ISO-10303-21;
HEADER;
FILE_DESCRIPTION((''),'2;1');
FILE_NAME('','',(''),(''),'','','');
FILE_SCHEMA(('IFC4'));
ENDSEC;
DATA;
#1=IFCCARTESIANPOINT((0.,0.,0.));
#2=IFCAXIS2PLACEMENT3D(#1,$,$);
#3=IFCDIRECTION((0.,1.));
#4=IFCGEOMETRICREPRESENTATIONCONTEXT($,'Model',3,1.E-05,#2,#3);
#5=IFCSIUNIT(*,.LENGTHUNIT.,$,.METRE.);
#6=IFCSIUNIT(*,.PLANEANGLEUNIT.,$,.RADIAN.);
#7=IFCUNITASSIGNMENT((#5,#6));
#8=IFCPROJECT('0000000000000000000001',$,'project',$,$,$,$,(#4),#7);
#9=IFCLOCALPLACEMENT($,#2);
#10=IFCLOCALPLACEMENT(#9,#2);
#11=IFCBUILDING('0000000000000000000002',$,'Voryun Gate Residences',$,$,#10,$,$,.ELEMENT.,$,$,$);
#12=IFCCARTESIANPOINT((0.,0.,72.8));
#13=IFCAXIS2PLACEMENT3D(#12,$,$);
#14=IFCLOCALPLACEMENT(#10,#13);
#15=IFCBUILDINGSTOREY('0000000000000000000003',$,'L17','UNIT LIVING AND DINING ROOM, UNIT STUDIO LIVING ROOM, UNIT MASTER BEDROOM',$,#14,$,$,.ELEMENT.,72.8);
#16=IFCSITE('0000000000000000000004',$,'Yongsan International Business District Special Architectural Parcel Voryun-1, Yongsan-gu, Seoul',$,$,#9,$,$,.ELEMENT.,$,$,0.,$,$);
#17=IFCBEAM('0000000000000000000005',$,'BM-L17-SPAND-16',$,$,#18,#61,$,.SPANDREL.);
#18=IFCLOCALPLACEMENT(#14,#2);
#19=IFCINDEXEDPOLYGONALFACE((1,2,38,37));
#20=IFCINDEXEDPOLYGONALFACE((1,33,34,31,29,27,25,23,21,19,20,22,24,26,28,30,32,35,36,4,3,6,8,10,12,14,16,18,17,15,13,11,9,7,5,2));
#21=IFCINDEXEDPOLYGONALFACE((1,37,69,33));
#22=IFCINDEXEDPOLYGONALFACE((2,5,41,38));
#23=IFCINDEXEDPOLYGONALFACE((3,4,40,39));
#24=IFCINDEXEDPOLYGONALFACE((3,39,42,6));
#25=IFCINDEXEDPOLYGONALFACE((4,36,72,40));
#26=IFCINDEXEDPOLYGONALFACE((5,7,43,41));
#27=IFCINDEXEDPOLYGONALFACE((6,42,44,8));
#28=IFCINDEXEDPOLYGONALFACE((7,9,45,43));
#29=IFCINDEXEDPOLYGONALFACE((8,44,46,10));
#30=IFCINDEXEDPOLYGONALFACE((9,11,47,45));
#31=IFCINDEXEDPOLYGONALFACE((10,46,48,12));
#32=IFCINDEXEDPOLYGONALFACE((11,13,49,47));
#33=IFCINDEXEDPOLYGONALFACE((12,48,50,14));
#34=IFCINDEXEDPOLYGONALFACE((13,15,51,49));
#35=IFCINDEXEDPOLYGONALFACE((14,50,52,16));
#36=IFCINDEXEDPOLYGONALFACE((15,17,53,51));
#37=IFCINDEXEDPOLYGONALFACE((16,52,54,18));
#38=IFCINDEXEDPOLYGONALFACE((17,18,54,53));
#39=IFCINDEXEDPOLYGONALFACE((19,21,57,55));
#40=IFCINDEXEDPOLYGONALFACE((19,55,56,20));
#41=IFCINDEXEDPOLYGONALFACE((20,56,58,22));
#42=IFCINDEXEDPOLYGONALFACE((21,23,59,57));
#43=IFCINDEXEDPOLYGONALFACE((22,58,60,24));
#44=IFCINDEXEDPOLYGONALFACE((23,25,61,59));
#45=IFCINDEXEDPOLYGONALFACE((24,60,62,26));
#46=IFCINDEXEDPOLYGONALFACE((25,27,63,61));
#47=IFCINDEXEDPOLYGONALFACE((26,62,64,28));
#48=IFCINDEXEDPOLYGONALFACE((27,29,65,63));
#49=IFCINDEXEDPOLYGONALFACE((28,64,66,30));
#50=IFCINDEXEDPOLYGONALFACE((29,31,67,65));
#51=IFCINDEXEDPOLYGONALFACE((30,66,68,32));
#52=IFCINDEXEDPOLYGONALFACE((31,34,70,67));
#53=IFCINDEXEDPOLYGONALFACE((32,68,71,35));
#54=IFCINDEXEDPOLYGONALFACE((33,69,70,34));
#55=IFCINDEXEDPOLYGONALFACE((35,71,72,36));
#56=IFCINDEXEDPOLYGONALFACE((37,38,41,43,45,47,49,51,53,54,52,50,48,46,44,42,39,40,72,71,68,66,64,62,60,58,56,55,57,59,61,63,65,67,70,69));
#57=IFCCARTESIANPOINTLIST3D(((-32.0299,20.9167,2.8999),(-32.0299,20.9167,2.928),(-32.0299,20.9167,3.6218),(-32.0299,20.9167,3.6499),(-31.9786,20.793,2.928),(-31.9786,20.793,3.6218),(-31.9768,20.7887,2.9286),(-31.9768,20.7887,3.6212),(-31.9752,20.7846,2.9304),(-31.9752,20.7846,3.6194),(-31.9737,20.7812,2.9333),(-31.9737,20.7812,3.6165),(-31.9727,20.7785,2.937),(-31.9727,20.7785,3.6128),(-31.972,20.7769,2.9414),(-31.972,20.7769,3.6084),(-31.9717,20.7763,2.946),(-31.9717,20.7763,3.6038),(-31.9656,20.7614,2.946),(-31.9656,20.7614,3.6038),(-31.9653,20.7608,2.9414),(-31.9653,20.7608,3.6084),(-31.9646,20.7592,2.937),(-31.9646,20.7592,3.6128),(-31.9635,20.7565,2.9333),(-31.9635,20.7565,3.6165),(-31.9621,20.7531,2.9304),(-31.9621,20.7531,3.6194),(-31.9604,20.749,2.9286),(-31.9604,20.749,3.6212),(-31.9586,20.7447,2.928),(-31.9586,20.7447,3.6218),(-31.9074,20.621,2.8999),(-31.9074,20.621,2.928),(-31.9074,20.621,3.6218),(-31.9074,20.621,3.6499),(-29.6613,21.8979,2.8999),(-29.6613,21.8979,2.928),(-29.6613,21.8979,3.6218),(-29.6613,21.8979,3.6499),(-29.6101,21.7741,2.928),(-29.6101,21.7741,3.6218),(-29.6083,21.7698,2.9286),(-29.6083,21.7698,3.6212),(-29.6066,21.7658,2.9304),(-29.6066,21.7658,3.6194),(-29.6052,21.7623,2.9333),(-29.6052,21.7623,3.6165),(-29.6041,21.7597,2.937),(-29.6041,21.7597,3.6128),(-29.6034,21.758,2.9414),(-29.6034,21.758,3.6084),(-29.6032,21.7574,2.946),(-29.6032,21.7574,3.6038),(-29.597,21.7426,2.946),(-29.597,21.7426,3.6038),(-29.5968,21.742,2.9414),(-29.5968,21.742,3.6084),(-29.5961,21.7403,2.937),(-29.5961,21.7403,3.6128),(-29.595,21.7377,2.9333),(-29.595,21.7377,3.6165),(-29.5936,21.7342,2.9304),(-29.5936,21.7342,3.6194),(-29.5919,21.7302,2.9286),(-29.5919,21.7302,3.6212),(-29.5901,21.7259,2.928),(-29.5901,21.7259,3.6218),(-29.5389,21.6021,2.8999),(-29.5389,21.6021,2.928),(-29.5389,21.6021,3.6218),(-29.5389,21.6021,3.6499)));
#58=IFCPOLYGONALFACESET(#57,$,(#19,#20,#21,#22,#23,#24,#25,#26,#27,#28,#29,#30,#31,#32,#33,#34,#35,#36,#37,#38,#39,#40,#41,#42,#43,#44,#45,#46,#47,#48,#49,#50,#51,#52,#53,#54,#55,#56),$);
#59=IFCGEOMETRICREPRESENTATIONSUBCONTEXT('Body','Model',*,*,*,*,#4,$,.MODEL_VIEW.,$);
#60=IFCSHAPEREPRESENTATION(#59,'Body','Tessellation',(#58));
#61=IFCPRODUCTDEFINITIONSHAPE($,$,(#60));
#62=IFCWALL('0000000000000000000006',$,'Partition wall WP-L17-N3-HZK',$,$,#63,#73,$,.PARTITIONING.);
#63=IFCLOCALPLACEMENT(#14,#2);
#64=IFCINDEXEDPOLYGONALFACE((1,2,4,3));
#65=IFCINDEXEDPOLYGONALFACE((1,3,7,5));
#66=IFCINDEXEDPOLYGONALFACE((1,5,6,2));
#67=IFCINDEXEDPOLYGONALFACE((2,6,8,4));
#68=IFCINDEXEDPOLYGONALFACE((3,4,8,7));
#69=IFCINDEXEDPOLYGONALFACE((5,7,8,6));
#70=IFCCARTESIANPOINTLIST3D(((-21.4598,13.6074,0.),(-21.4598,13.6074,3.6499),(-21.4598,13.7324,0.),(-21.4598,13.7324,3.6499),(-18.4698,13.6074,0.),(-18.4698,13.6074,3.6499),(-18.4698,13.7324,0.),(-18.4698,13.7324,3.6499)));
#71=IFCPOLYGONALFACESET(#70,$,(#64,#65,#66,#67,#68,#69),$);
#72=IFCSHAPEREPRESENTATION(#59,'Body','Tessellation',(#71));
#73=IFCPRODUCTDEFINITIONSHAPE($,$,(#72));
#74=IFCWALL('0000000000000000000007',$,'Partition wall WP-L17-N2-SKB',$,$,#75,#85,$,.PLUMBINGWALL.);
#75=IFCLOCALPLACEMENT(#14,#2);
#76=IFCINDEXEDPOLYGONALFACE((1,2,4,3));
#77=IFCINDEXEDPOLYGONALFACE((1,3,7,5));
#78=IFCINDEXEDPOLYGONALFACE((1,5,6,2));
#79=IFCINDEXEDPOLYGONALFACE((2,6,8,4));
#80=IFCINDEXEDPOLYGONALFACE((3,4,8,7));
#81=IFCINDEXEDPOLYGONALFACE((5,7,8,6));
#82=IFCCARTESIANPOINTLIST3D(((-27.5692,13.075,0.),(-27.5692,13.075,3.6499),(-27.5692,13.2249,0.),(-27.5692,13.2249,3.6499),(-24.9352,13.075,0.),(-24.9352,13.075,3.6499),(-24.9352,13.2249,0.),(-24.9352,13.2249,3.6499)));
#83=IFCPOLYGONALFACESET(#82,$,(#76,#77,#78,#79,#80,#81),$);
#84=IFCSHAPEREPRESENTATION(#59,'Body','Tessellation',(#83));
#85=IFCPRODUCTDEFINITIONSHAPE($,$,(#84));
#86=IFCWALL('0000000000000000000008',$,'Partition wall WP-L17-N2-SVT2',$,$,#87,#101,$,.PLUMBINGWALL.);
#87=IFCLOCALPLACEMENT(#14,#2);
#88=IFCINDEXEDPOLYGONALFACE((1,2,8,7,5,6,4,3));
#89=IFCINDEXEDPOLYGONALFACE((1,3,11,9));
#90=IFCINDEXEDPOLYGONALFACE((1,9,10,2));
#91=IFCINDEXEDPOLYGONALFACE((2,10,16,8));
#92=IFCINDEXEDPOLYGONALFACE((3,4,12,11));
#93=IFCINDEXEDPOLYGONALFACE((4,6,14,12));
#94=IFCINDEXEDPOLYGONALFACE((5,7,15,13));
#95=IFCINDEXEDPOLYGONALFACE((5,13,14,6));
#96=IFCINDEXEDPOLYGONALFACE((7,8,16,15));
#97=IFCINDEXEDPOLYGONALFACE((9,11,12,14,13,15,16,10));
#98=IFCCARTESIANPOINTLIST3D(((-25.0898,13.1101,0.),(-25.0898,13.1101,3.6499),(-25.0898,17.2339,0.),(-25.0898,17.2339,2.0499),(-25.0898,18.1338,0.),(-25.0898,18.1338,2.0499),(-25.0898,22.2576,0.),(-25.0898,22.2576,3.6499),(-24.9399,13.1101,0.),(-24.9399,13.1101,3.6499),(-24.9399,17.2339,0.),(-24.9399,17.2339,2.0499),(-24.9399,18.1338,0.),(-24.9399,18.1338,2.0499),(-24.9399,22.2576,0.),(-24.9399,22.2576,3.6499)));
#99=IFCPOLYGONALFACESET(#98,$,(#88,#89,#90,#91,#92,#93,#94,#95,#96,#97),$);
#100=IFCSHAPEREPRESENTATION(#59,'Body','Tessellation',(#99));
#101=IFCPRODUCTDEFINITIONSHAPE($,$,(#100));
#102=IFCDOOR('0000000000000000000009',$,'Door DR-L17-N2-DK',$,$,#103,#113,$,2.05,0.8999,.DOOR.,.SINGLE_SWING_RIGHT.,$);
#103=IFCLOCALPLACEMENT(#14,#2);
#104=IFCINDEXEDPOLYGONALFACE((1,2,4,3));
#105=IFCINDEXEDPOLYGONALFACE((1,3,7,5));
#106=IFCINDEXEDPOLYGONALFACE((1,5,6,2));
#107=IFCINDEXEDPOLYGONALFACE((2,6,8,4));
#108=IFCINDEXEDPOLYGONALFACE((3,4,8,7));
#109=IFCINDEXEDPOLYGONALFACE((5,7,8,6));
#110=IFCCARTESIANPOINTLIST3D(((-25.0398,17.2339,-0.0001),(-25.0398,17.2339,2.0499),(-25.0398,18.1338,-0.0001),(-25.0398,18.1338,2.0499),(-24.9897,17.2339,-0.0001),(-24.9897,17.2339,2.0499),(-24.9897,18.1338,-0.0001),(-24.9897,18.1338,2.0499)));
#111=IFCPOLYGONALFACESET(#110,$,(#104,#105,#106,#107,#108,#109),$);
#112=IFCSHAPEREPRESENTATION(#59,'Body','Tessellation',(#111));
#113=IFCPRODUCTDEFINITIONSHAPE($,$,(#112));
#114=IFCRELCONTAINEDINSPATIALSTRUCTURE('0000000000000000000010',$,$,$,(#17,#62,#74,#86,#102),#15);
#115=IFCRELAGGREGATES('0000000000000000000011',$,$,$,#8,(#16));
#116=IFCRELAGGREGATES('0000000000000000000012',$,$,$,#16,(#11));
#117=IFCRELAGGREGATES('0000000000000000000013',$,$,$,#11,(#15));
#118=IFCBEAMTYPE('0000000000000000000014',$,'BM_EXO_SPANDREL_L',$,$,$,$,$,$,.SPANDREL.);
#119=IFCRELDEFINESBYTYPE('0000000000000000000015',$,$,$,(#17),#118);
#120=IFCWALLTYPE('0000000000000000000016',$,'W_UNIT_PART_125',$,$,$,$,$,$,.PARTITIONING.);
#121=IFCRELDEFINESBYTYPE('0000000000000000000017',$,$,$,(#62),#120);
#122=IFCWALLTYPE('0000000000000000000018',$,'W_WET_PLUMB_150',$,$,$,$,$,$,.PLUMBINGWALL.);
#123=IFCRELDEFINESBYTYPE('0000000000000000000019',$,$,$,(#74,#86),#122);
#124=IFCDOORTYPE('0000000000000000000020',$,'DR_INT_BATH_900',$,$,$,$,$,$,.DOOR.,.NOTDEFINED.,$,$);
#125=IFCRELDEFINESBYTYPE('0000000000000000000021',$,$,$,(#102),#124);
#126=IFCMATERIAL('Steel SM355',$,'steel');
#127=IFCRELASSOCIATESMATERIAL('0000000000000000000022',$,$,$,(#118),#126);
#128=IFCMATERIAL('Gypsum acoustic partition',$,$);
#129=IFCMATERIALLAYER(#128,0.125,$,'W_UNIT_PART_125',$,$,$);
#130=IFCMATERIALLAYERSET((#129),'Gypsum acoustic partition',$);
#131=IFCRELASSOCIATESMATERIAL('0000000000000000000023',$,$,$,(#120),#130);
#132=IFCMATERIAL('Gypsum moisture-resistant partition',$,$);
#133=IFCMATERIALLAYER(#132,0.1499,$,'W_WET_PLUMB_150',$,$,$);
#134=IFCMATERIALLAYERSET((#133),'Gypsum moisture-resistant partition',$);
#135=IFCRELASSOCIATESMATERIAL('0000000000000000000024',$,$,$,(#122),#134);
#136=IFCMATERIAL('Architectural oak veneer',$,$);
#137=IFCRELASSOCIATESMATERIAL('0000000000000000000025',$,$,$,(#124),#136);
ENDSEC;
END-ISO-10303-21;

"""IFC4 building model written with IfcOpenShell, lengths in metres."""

from ifc_helpers import new_model, si_unit, direction, frame, frame_2d, origin, origin_2d, place, context, subcontext, project, spatial, rectangle, i_section, extrude, material, layer, layer_set, material_profile, profile_set, type_object, element, fill, save


model = new_model("IFC4")

# Units and contexts
model_context = context("Model", 3, precision=1e-05, world=origin(), true_north=direction((0.0, 1.0)))
body_context = subcontext(model_context, "Body", "Model", "MODEL_VIEW")
ifc_project = project(units=[si_unit("LENGTHUNIT", "METRE"), si_unit("PLANEANGLEUNIT", "RADIAN")], contexts=[model_context])

# Site, building, storey
site_placement = place(None, origin())
site = spatial("IfcSite", under=ifc_project, at=site_placement, Name="Yongsan International Business District Special Architectural Parcel Voryun-1, Yongsan-gu, Seoul", CompositionType="ELEMENT", RefElevation=0.0)
building_placement = place(site_placement, origin())
building = spatial("IfcBuilding", under=site, at=building_placement, Name="Voryun Gate Residences", CompositionType="ELEMENT")
storey_placement = place(building_placement, frame((0.0, 0.0, 72.8)))
storey = spatial("IfcBuildingStorey", under=building, at=storey_placement, Name="L17", Description="UNIT LIVING AND DINING ROOM, UNIT STUDIO LIVING ROOM, UNIT MASTER BEDROOM", CompositionType="ELEMENT", Elevation=72.8)

# Beam
ifc_material_1 = material(Name="Steel SM355", Category="steel")
ifc_material_profile = material_profile(ifc_material_1, i_section(OverallWidth=0.3201, OverallDepth=0.75, WebThickness=0.0161, FlangeThickness=0.0281, FilletRadius=0.0181, at=origin_2d()), Name="H-750x320x16x28")
ifc_profile_set = profile_set([ifc_material_profile], Name="Steel SM355")
beam_type = type_object("IfcBeamType", Name="BM_EXO_SPANDREL_L", PredefinedType="SPANDREL", material=ifc_profile_set)
beam_placement = place(storey_placement, frame((-29.6001, 21.75, 3.2749), z_axis=(-0.923869, -0.382708, 0.0), x_axis=(0.382708, -0.923869, 0.0)))
element("IfcBeam", 1, at=beam_placement, inside=storey, type_object=beam_type, Name="BM-L17-SPAND-16", PredefinedType="SPANDREL", context=body_context, shape_type="SweptSolid", body=[
    extrude(i_section(OverallWidth=0.3201, OverallDepth=0.75, WebThickness=0.0161, FlangeThickness=0.0281, FilletRadius=0.0181, at=origin_2d()), origin(), (0.0, 0.0, 1.0), 2.5637),
])

# Walls
ifc_material_2 = material(Name="Gypsum acoustic partition")
ifc_layer_1 = layer(ifc_material_2, 0.125, Name="W_UNIT_PART_125")
ifc_layer_set_1 = layer_set([ifc_layer_1], Name="Gypsum acoustic partition")
wall_type_1 = type_object("IfcWallType", Name="W_UNIT_PART_125", PredefinedType="PARTITIONING", material=ifc_layer_set_1)
wall_1_placement = place(storey_placement, frame((-21.46, 13.6699, 0.0), z_axis=(0.0, 0.0, 1.0), x_axis=(1.0, 0.0, 0.0)))
element("IfcWall", 2, at=wall_1_placement, inside=storey, type_object=wall_type_1, Name="Partition wall WP-L17-N3-HZK", PredefinedType="PARTITIONING", context=body_context, shape_type="SweptSolid", body=[
    extrude(rectangle(XDim=2.99, YDim=0.125, at=frame_2d((1.4951, 0.0))), origin(), (0.0, 0.0, 1.0), 3.6499),
])
ifc_material_3 = material(Name="Gypsum moisture-resistant partition")
ifc_layer_2 = layer(ifc_material_3, 0.1499, Name="W_WET_PLUMB_150")
ifc_layer_set_2 = layer_set([ifc_layer_2], Name="Gypsum moisture-resistant partition")
wall_type_2 = type_object("IfcWallType", Name="W_WET_PLUMB_150", PredefinedType="PLUMBINGWALL", material=ifc_layer_set_2)
wall_2_placement = place(storey_placement, frame((-27.5691, 13.1499, 0.0), z_axis=(0.0, 0.0, 1.0), x_axis=(1.0, 0.0, 0.0)))
element("IfcWall", 3, at=wall_2_placement, inside=storey, type_object=wall_type_2, Name="Partition wall WP-L17-N2-SKB", PredefinedType="PLUMBINGWALL", context=body_context, shape_type="SweptSolid", body=[
    extrude(rectangle(XDim=2.634, YDim=0.1499, at=frame_2d((1.3169, 0.0))), origin(), (0.0, 0.0, 1.0), 3.6499),
])

# Wall, opening, door
wall_3_placement = place(storey_placement, frame((-25.0149, 13.1101, 0.0), z_axis=(0.0, 0.0, 1.0), x_axis=(0.0, 1.0, 0.0)))
wall_3 = element("IfcWall", 4, at=wall_3_placement, inside=storey, type_object=wall_type_2, Name="Partition wall WP-L17-N2-SVT2", PredefinedType="PLUMBINGWALL", context=body_context, shape_type="SweptSolid", body=[
    extrude(rectangle(XDim=9.1475, YDim=0.1499, at=frame_2d((4.5737, 0.0))), origin(), (0.0, 0.0, 1.0), 3.6499),
])
opening_1_placement = place(wall_3_placement, frame((4.1238, 0.0, 0.0)))
opening_1 = element("IfcOpeningElement", 5, at=opening_1_placement, cuts=wall_3, PredefinedType="OPENING", context=body_context, shape_type="SweptSolid", body=[
    extrude(rectangle(XDim=0.8999, YDim=2.05, at=frame_2d((0.45, 1.0249))), frame((0.0, 0.085, 0.0), z_axis=(0.0, -1.0, 0.0), x_axis=(1.0, 0.0, 0.0)), (0.0, 0.0, 1.0), 0.1699),
])
ifc_material_4 = material(Name="Architectural oak veneer")
door_type = type_object("IfcDoorType", Name="DR_INT_BATH_900", OperationType="NOTDEFINED", PredefinedType="DOOR", material=ifc_material_4)
door_placement = place(opening_1_placement, origin())
door = element("IfcDoor", 6, at=door_placement, inside=storey, type_object=door_type, Name="Door DR-L17-N2-DK", OperationType="SINGLE_SWING_RIGHT", OverallHeight=2.05, OverallWidth=0.8999, PredefinedType="DOOR", context=body_context, shape_type="SweptSolid", body=[
    extrude(rectangle(XDim=0.8999, YDim=2.05, at=frame_2d((0.45, 1.0249))), frame((0.0, 0.0249, 0.0), z_axis=(0.0, -1.0, 0.0), x_axis=(1.0, 0.0, 0.0)), (0.0, 0.0, 1.0), 0.05),
])
fill(opening_1, door)

save(model, "model.ifc")
